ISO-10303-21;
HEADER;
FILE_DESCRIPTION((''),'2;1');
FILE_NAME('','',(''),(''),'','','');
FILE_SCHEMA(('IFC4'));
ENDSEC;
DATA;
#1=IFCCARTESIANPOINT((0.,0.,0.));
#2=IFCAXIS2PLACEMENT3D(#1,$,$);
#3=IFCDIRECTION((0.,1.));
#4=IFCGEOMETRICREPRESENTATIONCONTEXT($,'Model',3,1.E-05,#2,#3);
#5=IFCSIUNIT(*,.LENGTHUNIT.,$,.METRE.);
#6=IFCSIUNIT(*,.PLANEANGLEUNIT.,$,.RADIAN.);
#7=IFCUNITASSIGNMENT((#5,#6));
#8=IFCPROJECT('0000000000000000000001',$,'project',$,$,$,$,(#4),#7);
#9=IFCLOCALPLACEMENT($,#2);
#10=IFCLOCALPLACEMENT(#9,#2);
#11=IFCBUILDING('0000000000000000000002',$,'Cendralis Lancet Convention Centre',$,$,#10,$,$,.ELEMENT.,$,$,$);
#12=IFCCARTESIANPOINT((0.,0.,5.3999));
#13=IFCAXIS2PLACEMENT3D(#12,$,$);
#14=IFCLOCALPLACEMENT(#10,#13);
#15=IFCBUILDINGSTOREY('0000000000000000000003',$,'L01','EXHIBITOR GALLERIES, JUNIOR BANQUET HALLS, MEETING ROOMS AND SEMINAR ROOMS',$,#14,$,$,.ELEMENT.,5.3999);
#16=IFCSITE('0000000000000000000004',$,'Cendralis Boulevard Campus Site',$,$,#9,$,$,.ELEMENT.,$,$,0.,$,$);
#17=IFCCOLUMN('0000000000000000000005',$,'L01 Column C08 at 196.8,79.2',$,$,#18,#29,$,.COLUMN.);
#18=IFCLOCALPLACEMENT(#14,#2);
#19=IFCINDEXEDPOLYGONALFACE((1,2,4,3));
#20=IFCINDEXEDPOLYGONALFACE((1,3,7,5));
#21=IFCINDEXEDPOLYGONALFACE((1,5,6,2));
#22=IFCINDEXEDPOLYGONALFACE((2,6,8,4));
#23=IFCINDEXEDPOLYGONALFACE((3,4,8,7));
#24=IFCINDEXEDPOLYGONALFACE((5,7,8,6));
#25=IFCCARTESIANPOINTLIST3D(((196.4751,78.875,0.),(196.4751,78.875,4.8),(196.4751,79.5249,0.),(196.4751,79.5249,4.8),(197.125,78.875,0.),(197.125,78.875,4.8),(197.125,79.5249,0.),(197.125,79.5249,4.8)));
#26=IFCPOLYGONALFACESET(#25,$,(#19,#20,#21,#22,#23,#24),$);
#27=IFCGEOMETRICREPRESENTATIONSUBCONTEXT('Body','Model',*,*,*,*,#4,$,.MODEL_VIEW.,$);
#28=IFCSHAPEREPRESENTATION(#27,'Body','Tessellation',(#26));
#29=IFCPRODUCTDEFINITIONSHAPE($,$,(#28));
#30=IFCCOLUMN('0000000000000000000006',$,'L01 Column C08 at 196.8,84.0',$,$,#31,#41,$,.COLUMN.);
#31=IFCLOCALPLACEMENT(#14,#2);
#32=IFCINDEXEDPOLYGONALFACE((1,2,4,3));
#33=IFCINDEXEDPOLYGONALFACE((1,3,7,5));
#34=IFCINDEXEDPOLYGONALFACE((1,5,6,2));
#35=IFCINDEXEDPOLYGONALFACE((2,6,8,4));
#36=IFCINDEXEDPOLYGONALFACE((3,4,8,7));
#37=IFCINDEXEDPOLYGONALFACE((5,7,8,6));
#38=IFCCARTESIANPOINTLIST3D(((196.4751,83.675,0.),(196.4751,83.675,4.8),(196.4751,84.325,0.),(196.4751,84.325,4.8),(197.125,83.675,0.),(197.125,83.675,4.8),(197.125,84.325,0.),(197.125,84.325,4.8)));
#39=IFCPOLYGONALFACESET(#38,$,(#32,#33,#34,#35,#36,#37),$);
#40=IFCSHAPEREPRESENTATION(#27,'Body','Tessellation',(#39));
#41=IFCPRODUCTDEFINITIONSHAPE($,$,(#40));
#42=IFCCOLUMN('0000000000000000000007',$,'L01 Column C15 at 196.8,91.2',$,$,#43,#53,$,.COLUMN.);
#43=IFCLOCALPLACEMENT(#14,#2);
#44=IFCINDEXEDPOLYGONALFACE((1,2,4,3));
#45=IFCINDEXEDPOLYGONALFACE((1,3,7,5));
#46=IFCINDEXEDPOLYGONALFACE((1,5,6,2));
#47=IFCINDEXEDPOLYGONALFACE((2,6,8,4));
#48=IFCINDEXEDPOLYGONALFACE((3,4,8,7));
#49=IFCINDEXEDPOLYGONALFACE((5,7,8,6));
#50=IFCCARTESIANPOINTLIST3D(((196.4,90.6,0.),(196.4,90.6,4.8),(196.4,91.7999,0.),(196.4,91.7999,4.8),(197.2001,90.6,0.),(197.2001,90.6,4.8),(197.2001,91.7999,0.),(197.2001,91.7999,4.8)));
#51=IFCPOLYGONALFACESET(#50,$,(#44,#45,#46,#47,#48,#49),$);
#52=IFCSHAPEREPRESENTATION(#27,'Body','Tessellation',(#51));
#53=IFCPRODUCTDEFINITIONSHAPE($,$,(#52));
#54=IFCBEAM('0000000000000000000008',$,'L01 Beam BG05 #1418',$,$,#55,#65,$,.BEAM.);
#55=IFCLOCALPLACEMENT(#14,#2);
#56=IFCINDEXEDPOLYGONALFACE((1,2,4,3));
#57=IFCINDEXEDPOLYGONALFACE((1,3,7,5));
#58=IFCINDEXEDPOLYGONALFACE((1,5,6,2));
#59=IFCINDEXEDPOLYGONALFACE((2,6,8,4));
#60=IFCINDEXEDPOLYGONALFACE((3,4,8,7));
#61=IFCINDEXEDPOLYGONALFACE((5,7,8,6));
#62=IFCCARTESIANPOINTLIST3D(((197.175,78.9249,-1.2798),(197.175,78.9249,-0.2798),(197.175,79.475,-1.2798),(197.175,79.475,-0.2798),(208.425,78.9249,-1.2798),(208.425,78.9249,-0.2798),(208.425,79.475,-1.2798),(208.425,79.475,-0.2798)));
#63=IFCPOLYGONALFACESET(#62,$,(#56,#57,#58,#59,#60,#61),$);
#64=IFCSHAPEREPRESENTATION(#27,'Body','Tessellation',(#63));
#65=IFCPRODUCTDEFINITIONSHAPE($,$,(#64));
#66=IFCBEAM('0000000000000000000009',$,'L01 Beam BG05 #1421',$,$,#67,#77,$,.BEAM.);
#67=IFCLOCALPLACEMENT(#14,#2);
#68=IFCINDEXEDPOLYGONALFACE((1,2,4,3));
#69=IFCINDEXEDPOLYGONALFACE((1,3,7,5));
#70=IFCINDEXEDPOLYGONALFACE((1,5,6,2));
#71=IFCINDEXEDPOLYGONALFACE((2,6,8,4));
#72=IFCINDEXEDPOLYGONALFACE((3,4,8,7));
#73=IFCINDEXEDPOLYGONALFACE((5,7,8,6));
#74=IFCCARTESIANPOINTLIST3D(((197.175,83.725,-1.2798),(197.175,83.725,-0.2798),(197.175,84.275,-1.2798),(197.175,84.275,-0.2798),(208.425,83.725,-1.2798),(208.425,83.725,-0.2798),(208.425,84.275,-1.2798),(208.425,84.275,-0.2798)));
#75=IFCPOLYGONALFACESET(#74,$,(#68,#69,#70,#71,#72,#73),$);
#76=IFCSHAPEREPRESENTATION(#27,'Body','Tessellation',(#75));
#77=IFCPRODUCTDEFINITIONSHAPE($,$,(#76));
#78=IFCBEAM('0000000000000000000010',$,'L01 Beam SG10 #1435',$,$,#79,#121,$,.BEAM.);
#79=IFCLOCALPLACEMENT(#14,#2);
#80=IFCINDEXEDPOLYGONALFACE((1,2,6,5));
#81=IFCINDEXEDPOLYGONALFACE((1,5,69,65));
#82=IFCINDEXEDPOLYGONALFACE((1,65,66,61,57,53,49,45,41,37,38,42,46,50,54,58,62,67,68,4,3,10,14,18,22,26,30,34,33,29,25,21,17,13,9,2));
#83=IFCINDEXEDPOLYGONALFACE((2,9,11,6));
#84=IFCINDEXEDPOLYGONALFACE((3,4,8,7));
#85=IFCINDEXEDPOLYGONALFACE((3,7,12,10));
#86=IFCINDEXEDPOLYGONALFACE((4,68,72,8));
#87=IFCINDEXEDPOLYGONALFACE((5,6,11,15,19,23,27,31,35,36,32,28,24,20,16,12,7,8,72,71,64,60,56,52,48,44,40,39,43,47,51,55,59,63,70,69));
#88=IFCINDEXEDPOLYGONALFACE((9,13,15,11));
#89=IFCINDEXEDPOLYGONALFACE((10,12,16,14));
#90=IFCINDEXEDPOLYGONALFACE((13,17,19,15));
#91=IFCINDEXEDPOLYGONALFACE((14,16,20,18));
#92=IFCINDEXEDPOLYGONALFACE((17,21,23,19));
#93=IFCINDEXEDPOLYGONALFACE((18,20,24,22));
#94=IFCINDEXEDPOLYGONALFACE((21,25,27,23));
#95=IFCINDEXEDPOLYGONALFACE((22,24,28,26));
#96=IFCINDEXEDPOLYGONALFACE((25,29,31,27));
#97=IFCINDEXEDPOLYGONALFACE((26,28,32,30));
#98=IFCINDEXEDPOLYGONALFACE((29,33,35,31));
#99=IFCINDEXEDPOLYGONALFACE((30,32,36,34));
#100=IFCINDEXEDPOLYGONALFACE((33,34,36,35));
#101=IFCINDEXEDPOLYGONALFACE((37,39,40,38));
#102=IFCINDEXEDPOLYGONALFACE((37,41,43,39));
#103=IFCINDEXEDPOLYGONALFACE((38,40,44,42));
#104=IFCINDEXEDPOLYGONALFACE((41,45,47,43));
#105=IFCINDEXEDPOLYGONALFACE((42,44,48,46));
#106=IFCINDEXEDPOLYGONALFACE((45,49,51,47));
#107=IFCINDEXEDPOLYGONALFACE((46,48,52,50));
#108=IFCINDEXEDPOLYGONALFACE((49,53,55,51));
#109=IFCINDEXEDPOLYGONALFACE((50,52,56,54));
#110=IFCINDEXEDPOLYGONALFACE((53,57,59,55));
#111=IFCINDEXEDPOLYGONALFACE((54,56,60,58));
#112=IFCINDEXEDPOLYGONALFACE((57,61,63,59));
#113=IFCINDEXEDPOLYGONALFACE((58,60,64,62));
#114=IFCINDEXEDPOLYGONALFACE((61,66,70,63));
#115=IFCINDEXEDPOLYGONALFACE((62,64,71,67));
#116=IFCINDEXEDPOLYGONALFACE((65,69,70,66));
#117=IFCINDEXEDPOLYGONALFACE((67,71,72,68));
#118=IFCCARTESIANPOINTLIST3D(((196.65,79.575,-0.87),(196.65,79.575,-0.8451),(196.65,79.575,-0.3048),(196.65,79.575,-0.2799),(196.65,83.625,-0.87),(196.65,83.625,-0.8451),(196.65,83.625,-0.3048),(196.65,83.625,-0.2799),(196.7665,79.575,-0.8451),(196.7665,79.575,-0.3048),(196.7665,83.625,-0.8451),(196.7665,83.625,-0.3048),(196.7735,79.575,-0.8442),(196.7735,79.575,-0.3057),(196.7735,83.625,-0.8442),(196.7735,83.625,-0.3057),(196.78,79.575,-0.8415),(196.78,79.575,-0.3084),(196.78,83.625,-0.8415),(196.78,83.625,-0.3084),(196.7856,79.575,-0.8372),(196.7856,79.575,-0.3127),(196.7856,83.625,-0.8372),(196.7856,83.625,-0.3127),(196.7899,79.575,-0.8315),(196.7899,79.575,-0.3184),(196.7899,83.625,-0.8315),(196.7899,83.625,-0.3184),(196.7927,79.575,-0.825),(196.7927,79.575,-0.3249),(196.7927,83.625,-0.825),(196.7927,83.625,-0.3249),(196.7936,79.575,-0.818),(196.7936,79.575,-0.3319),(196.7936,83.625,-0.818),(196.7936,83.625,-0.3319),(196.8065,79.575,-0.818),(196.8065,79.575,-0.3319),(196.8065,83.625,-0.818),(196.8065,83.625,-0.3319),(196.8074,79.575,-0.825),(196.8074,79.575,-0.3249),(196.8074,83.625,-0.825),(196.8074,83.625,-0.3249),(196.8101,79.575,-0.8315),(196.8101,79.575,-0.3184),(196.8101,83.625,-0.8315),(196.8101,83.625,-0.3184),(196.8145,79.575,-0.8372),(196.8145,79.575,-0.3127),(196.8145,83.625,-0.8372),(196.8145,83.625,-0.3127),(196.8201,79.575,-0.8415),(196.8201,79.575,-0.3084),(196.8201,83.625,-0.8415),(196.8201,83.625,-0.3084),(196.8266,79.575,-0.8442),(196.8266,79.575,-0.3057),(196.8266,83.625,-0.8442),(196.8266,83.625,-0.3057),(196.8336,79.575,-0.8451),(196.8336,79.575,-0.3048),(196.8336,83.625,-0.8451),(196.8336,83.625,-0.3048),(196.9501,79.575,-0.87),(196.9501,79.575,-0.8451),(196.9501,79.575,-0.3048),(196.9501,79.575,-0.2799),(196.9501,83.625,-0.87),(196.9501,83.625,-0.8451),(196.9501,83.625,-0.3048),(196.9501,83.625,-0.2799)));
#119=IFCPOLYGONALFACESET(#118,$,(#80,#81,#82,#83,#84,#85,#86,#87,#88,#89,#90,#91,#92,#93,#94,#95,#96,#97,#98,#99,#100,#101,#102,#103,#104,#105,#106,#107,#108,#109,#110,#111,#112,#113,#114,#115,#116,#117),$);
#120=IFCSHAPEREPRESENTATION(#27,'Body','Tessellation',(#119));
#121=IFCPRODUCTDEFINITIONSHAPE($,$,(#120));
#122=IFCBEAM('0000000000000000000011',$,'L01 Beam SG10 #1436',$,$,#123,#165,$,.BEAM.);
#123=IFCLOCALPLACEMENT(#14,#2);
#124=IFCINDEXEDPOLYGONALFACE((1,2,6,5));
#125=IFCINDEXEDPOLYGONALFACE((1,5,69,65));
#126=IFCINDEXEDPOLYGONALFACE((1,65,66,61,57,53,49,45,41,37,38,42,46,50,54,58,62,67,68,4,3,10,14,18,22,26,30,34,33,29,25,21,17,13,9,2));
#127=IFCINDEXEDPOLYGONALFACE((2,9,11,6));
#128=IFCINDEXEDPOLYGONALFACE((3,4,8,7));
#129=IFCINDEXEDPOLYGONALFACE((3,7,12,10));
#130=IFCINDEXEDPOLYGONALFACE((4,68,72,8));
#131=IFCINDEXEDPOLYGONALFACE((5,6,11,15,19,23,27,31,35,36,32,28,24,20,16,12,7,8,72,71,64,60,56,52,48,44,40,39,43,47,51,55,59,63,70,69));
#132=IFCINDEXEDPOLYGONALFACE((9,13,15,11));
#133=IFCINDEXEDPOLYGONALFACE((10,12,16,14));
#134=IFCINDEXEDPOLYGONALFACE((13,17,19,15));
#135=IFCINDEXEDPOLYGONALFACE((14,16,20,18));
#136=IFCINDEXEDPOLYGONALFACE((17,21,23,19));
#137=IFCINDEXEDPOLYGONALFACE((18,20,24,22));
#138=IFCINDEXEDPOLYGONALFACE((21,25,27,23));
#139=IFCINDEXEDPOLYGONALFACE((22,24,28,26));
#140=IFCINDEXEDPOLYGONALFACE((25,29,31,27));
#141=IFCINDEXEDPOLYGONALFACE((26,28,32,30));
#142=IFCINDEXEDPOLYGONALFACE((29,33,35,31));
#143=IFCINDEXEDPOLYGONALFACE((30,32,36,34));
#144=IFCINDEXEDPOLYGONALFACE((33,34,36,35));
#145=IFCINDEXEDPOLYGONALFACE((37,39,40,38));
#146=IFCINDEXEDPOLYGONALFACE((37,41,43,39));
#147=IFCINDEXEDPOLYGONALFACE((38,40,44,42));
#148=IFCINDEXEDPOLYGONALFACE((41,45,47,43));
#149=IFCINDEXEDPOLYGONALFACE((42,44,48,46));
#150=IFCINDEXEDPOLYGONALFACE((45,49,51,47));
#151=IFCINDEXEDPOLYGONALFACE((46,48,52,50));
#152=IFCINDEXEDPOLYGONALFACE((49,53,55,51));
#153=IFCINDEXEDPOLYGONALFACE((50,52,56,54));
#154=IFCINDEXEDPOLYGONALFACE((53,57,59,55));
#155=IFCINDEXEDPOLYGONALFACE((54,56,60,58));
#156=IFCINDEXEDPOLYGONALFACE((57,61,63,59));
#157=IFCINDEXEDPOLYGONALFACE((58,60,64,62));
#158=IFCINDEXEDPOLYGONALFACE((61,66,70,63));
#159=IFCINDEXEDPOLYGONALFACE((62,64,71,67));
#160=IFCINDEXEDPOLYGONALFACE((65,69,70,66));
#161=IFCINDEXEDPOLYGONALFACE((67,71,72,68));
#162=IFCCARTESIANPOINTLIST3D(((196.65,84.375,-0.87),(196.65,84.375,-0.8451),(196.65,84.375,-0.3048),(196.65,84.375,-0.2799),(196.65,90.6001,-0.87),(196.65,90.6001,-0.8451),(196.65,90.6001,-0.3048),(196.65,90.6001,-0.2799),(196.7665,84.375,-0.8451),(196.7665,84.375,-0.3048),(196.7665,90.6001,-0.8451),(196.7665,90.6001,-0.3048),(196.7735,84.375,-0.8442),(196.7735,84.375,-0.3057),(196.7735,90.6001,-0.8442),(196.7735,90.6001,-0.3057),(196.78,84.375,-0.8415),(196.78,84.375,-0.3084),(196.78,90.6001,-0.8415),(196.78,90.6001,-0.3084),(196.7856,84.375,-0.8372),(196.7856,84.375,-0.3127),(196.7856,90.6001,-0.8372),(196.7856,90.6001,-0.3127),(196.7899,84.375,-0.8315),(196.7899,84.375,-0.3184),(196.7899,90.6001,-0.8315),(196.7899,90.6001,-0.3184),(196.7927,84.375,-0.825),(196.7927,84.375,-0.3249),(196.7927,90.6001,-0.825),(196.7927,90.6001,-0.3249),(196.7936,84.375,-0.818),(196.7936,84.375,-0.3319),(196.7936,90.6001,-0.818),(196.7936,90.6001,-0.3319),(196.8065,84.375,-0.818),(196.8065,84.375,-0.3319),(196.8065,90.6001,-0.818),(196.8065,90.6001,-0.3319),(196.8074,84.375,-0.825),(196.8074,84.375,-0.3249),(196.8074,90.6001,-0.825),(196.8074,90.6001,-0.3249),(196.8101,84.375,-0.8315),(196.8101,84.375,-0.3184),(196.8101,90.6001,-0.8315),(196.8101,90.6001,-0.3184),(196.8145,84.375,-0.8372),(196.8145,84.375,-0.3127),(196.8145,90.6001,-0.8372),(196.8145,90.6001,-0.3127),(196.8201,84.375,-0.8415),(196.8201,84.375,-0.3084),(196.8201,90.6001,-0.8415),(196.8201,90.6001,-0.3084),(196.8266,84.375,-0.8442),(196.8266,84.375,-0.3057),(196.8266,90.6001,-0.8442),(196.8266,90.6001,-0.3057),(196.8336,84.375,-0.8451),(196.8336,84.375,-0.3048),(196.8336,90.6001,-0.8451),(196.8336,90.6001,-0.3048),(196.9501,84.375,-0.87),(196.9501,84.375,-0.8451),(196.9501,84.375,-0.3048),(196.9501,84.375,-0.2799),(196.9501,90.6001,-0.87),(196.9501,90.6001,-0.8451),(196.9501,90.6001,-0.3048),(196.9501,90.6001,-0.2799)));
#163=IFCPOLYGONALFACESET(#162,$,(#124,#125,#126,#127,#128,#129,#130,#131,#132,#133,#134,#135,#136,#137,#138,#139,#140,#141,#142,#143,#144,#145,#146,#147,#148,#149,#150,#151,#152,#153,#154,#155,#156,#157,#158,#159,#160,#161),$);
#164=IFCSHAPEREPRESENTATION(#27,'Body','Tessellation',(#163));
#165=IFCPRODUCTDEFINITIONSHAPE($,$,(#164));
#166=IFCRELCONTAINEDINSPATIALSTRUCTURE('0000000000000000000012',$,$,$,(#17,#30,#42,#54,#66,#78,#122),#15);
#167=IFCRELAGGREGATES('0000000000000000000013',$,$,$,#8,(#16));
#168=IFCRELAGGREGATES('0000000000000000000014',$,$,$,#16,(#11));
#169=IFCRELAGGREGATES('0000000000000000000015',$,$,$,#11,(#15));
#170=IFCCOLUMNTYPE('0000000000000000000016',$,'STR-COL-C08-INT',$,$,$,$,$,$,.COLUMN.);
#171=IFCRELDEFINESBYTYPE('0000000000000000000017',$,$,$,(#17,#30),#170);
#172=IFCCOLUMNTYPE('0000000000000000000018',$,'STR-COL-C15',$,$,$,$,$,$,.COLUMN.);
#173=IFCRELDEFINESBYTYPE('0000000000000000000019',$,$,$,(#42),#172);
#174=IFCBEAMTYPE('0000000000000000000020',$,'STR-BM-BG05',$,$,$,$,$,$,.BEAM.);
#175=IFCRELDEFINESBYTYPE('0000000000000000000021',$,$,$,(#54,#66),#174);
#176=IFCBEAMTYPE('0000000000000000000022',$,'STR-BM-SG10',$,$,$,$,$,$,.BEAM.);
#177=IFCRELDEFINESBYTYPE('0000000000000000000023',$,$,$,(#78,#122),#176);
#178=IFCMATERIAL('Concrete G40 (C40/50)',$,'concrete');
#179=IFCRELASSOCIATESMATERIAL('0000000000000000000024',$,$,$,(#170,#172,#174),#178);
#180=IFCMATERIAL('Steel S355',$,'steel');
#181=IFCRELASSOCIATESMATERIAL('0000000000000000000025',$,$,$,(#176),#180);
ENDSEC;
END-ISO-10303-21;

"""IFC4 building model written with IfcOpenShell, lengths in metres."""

from ifc_helpers import new_model, si_unit, direction, frame, origin, origin_2d, place, context, subcontext, project, spatial, rectangle, i_section, extrude, material, material_profile, profile_set, type_object, element, save


model = new_model("IFC4")

# Units and contexts
model_context = context("Model", 3, precision=1e-05, world=origin(), true_north=direction((0.0, 1.0)))
body_context = subcontext(model_context, "Body", "Model", "MODEL_VIEW")
ifc_project = project(units=[si_unit("LENGTHUNIT", "METRE"), si_unit("PLANEANGLEUNIT", "RADIAN")], contexts=[model_context])

# Site, building, storey
site_placement = place(None, origin())
site = spatial("IfcSite", under=ifc_project, at=site_placement, Name="Cendralis Boulevard Campus Site", CompositionType="ELEMENT", RefElevation=0.0)
building_placement = place(site_placement, origin())
building = spatial("IfcBuilding", under=site, at=building_placement, Name="Cendralis Lancet Convention Centre", CompositionType="ELEMENT")
storey_placement = place(building_placement, frame((0.0, 0.0, 5.3999)))
storey = spatial("IfcBuildingStorey", under=building, at=storey_placement, Name="L01", Description="EXHIBITOR GALLERIES, JUNIOR BANQUET HALLS, MEETING ROOMS AND SEMINAR ROOMS", CompositionType="ELEMENT", Elevation=5.3999)

# Columns
ifc_material_1 = material(Name="Concrete G40 (C40/50)", Category="concrete")
ifc_material_profile_1 = material_profile(ifc_material_1, rectangle(XDim=0.6499, YDim=0.6499, at=origin_2d()), Name="RC 650x650")
ifc_profile_set_1 = profile_set([ifc_material_profile_1], Name="Concrete G40 (C40/50)")
column_type_1 = type_object("IfcColumnType", Name="STR-COL-C08-INT", PredefinedType="COLUMN", material=ifc_profile_set_1)
for number, where, z_axis, x_axis, name in (
    (1, (196.8, 79.2, 0.0), (0.0, 0.0, 1.0), (1.0, 0.0, 0.0), "L01 Column C08 at 196.8,79.2"),
    (2, (196.8, 84.0, 0.0), (0.0, 0.0, 1.0), (1.0, 0.0, 0.0), "L01 Column C08 at 196.8,84.0"),
):
    element("IfcColumn", number, at=place(storey_placement, frame(where, z_axis=z_axis, x_axis=x_axis)), inside=storey, type_object=column_type_1, Name=name, PredefinedType="COLUMN", context=body_context, shape_type="SweptSolid", body=[
        extrude(rectangle(XDim=0.6499, YDim=0.6499, at=origin_2d()), origin(), (0.0, 0.0, 1.0), 4.8),
    ])
ifc_material_profile_2 = material_profile(ifc_material_1, rectangle(XDim=0.8, YDim=1.2, at=origin_2d()), Name="RC 800x1200")
ifc_profile_set_2 = profile_set([ifc_material_profile_2], Name="Concrete G40 (C40/50)")
column_type_2 = type_object("IfcColumnType", Name="STR-COL-C15", PredefinedType="COLUMN", material=ifc_profile_set_2)
column_placement = place(storey_placement, frame((196.8, 91.2, 0.0), z_axis=(0.0, 0.0, 1.0), x_axis=(1.0, 0.0, 0.0)))
element("IfcColumn", 3, at=column_placement, inside=storey, type_object=column_type_2, Name="L01 Column C15 at 196.8,91.2", PredefinedType="COLUMN", context=body_context, shape_type="SweptSolid", body=[
    extrude(rectangle(XDim=0.8, YDim=1.2, at=origin_2d()), origin(), (0.0, 0.0, 1.0), 4.8),
])

# Beams
ifc_material_profile_3 = material_profile(ifc_material_1, rectangle(XDim=0.55, YDim=1.0, at=origin_2d()), Name="RCB 550x1000")
ifc_profile_set_3 = profile_set([ifc_material_profile_3], Name="Concrete G40 (C40/50)")
beam_type_1 = type_object("IfcBeamType", Name="STR-BM-BG05", PredefinedType="BEAM", material=ifc_profile_set_3)
for number, where, z_axis, x_axis, name in (
    (4, (197.175, 79.2, -0.7798), (1.0, 0.0, 0.0), (0.0, 1.0, 0.0), "L01 Beam BG05 #1418"),
    (5, (197.175, 84.0, -0.7798), (1.0, 0.0, 0.0), (0.0, 1.0, 0.0), "L01 Beam BG05 #1421"),
):
    element("IfcBeam", number, at=place(storey_placement, frame(where, z_axis=z_axis, x_axis=x_axis)), inside=storey, type_object=beam_type_1, Name=name, PredefinedType="BEAM", context=body_context, shape_type="SweptSolid", body=[
        extrude(rectangle(XDim=0.55, YDim=1.0, at=origin_2d()), origin(), (0.0, 0.0, 1.0), 11.25),
    ])
ifc_material_2 = material(Name="Steel S355", Category="steel")
ifc_material_profile_4 = material_profile(ifc_material_2, i_section(OverallWidth=0.3, OverallDepth=0.5901, WebThickness=0.0129, FlangeThickness=0.0249, FilletRadius=0.0271, at=origin_2d()), Name="HEA 600")
ifc_profile_set_4 = profile_set([ifc_material_profile_4], Name="Steel S355")
beam_type_2 = type_object("IfcBeamType", Name="STR-BM-SG10", PredefinedType="BEAM", material=ifc_profile_set_4)
beam_1_placement = place(storey_placement, frame((196.8, 79.575, -0.575), z_axis=(0.0, 1.0, 0.0), x_axis=(-1.0, 0.0, 0.0)))
element("IfcBeam", 6, at=beam_1_placement, inside=storey, type_object=beam_type_2, Name="L01 Beam SG10 #1435", PredefinedType="BEAM", context=body_context, shape_type="SweptSolid", body=[
    extrude(i_section(OverallWidth=0.3, OverallDepth=0.5901, WebThickness=0.0129, FlangeThickness=0.0249, FilletRadius=0.0271, at=origin_2d()), origin(), (0.0, 0.0, 1.0), 4.05),
])
beam_2_placement = place(storey_placement, frame((196.8, 84.375, -0.575), z_axis=(0.0, 1.0, 0.0), x_axis=(-1.0, 0.0, 0.0)))
element("IfcBeam", 7, at=beam_2_placement, inside=storey, type_object=beam_type_2, Name="L01 Beam SG10 #1436", PredefinedType="BEAM", context=body_context, shape_type="SweptSolid", body=[
    extrude(i_section(OverallWidth=0.3, OverallDepth=0.5901, WebThickness=0.0129, FlangeThickness=0.0249, FilletRadius=0.0271, at=origin_2d()), origin(), (0.0, 0.0, 1.0), 6.2251),
])

save(model, "model.ifc")
